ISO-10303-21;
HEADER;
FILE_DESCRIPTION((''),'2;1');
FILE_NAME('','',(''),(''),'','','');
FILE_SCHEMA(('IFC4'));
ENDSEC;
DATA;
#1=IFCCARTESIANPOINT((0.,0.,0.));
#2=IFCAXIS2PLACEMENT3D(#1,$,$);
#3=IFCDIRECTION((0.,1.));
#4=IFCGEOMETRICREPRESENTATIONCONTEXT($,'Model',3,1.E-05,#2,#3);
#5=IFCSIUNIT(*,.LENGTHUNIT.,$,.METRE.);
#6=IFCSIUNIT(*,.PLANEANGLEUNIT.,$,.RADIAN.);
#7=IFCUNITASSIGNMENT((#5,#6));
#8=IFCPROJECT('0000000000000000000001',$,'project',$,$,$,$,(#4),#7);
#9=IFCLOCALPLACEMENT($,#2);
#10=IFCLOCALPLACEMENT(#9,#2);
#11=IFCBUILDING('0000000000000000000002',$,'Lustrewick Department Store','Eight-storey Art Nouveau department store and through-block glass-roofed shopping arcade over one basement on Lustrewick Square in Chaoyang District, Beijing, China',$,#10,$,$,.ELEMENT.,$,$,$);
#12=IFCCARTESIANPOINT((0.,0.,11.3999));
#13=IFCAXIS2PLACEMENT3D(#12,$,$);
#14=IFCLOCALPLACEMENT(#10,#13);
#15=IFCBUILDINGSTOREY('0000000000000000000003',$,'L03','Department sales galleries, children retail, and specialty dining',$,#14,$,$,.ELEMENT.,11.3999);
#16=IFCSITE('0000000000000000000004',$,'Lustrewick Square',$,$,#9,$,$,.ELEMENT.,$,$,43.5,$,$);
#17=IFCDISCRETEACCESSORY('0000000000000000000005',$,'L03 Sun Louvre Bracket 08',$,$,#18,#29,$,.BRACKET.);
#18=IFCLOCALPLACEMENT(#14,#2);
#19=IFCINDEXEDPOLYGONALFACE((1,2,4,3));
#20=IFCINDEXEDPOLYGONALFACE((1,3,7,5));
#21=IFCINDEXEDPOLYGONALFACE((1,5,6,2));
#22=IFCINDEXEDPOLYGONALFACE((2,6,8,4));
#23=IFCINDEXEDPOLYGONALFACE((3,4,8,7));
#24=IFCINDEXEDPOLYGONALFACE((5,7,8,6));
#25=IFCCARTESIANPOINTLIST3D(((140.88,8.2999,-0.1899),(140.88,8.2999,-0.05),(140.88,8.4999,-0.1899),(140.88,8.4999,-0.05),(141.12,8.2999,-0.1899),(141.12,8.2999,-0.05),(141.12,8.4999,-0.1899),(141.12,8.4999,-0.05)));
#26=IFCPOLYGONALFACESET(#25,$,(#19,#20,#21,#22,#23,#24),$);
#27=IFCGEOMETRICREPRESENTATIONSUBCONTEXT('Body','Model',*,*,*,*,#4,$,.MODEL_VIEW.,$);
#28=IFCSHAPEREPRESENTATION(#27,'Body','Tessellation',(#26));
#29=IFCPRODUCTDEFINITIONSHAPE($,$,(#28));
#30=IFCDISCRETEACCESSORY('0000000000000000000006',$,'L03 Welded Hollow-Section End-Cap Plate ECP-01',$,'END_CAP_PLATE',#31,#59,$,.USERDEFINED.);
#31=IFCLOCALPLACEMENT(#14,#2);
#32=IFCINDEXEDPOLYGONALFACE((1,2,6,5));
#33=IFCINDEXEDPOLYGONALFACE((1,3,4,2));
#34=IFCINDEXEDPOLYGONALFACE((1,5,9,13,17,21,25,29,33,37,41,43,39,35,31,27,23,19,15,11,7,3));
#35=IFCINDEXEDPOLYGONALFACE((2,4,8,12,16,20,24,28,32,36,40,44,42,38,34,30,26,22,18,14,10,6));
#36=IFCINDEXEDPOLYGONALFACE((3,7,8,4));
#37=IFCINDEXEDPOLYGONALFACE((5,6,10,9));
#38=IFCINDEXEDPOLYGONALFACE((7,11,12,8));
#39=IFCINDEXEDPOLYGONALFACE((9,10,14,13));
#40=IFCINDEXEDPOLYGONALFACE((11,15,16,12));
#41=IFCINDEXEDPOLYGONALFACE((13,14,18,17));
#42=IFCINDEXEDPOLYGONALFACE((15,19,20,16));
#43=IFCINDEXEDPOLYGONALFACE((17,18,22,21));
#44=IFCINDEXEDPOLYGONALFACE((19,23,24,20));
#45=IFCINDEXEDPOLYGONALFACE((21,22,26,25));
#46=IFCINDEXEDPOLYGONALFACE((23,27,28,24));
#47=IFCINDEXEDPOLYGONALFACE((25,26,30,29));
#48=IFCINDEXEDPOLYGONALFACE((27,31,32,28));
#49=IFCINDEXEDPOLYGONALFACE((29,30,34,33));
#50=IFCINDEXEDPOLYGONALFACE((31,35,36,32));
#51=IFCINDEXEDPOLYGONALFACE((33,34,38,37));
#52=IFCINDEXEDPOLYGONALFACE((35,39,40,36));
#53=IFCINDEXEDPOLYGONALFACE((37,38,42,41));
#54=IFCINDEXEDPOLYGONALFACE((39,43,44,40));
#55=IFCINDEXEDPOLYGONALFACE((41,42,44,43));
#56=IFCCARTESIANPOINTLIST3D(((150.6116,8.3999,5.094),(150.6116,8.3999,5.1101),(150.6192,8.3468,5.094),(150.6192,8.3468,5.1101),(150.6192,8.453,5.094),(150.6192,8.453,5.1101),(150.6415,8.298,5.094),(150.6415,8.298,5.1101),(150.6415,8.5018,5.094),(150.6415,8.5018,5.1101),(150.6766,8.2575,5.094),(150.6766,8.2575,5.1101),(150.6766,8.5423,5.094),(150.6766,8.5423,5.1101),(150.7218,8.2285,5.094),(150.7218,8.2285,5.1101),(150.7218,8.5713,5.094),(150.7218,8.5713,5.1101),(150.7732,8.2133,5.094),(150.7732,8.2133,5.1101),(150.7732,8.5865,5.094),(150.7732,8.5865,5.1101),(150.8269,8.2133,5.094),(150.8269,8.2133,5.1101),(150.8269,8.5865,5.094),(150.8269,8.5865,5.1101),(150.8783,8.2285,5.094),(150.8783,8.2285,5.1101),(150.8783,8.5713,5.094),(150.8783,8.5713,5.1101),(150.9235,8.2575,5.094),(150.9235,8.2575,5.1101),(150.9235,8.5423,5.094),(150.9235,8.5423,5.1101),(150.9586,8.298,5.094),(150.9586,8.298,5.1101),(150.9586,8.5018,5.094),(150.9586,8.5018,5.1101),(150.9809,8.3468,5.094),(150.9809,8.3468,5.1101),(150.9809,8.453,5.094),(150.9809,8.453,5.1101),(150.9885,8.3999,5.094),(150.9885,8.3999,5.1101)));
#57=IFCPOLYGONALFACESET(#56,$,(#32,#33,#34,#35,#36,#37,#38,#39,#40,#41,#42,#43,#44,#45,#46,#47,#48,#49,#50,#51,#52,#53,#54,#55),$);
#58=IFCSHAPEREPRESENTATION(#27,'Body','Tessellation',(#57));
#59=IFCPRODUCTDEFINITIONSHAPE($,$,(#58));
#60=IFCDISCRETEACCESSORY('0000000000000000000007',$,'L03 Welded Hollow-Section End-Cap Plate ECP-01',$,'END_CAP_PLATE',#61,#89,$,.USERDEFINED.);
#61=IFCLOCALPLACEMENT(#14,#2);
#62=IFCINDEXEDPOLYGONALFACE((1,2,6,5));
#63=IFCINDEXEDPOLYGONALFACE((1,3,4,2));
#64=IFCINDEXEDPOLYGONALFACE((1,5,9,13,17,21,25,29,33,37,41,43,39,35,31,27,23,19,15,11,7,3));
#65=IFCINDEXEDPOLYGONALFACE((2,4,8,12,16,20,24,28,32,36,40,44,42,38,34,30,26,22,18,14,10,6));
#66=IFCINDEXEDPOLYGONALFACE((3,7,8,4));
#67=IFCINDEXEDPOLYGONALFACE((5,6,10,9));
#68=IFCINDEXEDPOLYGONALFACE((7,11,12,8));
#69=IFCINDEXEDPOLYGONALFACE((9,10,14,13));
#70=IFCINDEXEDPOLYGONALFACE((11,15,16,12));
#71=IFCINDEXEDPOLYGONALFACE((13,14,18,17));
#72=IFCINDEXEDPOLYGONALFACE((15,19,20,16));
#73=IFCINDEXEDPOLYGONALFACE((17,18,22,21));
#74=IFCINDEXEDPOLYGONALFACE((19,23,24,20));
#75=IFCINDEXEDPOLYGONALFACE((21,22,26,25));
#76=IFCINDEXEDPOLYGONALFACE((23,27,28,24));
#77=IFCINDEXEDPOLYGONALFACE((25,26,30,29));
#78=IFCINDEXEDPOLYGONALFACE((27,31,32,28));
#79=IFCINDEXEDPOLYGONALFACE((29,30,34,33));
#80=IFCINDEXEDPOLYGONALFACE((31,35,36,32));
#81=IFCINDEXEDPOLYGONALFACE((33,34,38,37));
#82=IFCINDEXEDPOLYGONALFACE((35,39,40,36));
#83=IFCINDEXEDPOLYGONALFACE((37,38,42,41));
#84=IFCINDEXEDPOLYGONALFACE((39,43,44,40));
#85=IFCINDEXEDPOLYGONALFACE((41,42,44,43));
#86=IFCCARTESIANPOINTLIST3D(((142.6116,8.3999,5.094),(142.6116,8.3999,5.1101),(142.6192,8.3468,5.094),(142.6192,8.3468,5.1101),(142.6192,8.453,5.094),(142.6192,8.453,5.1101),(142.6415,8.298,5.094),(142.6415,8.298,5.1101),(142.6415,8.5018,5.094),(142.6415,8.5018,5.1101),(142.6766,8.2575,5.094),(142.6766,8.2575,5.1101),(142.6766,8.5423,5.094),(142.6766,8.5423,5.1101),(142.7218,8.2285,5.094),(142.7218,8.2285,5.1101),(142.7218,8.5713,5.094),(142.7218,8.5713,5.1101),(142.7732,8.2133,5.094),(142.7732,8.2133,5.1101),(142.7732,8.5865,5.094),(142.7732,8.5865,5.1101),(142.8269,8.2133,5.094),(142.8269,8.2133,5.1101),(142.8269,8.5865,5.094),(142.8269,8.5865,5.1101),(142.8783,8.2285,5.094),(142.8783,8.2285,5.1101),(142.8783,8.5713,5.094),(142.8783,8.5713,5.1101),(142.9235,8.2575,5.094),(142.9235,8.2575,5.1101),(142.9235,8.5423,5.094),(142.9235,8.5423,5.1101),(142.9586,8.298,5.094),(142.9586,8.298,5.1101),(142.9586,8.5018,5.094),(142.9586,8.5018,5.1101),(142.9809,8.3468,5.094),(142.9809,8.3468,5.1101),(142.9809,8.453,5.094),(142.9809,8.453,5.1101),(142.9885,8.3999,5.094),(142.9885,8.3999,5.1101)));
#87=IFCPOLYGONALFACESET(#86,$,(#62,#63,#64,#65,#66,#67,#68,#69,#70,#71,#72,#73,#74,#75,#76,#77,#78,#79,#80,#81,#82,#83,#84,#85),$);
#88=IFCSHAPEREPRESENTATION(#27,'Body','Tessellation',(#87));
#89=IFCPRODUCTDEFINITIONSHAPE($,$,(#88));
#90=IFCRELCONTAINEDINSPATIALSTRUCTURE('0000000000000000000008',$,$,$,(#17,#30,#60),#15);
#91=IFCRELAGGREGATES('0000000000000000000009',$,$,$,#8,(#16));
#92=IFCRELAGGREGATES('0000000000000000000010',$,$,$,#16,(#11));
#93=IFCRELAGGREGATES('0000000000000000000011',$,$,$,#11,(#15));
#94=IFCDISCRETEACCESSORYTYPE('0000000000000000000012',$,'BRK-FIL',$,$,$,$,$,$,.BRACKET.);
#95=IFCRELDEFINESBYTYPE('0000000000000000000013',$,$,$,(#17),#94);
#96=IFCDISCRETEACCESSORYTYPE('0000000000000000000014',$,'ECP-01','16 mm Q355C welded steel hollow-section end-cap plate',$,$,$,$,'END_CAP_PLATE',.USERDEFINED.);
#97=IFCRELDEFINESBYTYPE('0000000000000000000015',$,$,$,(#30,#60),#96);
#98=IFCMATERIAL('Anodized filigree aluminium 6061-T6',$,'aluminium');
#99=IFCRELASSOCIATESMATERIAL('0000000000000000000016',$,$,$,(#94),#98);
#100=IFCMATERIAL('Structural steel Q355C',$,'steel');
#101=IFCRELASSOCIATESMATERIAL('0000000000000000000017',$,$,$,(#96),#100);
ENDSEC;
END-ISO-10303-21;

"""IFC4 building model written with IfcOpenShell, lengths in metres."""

from ifc_helpers import new_model, si_unit, direction, frame, origin, origin_2d, place, context, subcontext, project, spatial, rectangle, circle, extrude, material, type_object, element, save


model = new_model("IFC4")

# Units and contexts
model_context = context("Model", 3, precision=1e-05, world=origin(), true_north=direction((0.0, 1.0)))
body_context = subcontext(model_context, "Body", "Model", "MODEL_VIEW")
ifc_project = project(units=[si_unit("LENGTHUNIT", "METRE"), si_unit("PLANEANGLEUNIT", "RADIAN")], contexts=[model_context])

# Site, building, storey
site_placement = place(None, origin())
site = spatial("IfcSite", under=ifc_project, at=site_placement, Name="Lustrewick Square", CompositionType="ELEMENT", RefElevation=43.5)
building_placement = place(site_placement, origin())
building = spatial("IfcBuilding", under=site, at=building_placement, Name="Lustrewick Department Store", Description="Eight-storey Art Nouveau department store and through-block glass-roofed shopping arcade over one basement on Lustrewick Square in Chaoyang District, Beijing, China", CompositionType="ELEMENT")
storey_placement = place(building_placement, frame((0.0, 0.0, 11.3999)))
storey = spatial("IfcBuildingStorey", under=building, at=storey_placement, Name="L03", Description="Department sales galleries, children retail, and specialty dining", CompositionType="ELEMENT", Elevation=11.3999)

# Discrete accessories
ifc_material_1 = material(Name="Anodized filigree aluminium 6061-T6", Category="aluminium")
discrete_accessory_type_1 = type_object("IfcDiscreteAccessoryType", Name="BRK-FIL", PredefinedType="BRACKET", material=ifc_material_1)
discrete_accessory_placement = place(storey_placement, frame((141.0, 8.3999, -0.1899), z_axis=(0.0, 0.0, 1.0), x_axis=(1.0, 0.0, 0.0)))
element("IfcDiscreteAccessory", 1, at=discrete_accessory_placement, inside=storey, type_object=discrete_accessory_type_1, Name="L03 Sun Louvre Bracket 08", PredefinedType="BRACKET", context=body_context, shape_type="SweptSolid", body=[
    extrude(rectangle(XDim=0.24, YDim=0.2, at=origin_2d()), origin(), (0.0, 0.0, 1.0), 0.1399),
])
ifc_material_2 = material(Name="Structural steel Q355C", Category="steel")
discrete_accessory_type_2 = type_object("IfcDiscreteAccessoryType", Name="ECP-01", Description="16 mm Q355C welded steel hollow-section end-cap plate", ElementType="END_CAP_PLATE", PredefinedType="USERDEFINED", material=ifc_material_2)
for number, where, z_axis, x_axis, name in (
    (2, (150.8, 8.3999, 5.094), (0.0, 0.0, 1.0), (1.0, 0.0, 0.0), "L03 Welded Hollow-Section End-Cap Plate ECP-01"),
    (3, (142.8, 8.3999, 5.094), (0.0, 0.0, 1.0), (1.0, 0.0, 0.0), "L03 Welded Hollow-Section End-Cap Plate ECP-01"),
):
    element("IfcDiscreteAccessory", number, at=place(storey_placement, frame(where, z_axis=z_axis, x_axis=x_axis)), inside=storey, type_object=discrete_accessory_type_2, Name=name, ObjectType="END_CAP_PLATE", PredefinedType="USERDEFINED", context=body_context, shape_type="SweptSolid", body=[
        extrude(circle(Radius=0.1885, at=origin_2d()), origin(), (0.0, 0.0, 1.0), 0.0161),
    ])

save(model, "model.ifc")
